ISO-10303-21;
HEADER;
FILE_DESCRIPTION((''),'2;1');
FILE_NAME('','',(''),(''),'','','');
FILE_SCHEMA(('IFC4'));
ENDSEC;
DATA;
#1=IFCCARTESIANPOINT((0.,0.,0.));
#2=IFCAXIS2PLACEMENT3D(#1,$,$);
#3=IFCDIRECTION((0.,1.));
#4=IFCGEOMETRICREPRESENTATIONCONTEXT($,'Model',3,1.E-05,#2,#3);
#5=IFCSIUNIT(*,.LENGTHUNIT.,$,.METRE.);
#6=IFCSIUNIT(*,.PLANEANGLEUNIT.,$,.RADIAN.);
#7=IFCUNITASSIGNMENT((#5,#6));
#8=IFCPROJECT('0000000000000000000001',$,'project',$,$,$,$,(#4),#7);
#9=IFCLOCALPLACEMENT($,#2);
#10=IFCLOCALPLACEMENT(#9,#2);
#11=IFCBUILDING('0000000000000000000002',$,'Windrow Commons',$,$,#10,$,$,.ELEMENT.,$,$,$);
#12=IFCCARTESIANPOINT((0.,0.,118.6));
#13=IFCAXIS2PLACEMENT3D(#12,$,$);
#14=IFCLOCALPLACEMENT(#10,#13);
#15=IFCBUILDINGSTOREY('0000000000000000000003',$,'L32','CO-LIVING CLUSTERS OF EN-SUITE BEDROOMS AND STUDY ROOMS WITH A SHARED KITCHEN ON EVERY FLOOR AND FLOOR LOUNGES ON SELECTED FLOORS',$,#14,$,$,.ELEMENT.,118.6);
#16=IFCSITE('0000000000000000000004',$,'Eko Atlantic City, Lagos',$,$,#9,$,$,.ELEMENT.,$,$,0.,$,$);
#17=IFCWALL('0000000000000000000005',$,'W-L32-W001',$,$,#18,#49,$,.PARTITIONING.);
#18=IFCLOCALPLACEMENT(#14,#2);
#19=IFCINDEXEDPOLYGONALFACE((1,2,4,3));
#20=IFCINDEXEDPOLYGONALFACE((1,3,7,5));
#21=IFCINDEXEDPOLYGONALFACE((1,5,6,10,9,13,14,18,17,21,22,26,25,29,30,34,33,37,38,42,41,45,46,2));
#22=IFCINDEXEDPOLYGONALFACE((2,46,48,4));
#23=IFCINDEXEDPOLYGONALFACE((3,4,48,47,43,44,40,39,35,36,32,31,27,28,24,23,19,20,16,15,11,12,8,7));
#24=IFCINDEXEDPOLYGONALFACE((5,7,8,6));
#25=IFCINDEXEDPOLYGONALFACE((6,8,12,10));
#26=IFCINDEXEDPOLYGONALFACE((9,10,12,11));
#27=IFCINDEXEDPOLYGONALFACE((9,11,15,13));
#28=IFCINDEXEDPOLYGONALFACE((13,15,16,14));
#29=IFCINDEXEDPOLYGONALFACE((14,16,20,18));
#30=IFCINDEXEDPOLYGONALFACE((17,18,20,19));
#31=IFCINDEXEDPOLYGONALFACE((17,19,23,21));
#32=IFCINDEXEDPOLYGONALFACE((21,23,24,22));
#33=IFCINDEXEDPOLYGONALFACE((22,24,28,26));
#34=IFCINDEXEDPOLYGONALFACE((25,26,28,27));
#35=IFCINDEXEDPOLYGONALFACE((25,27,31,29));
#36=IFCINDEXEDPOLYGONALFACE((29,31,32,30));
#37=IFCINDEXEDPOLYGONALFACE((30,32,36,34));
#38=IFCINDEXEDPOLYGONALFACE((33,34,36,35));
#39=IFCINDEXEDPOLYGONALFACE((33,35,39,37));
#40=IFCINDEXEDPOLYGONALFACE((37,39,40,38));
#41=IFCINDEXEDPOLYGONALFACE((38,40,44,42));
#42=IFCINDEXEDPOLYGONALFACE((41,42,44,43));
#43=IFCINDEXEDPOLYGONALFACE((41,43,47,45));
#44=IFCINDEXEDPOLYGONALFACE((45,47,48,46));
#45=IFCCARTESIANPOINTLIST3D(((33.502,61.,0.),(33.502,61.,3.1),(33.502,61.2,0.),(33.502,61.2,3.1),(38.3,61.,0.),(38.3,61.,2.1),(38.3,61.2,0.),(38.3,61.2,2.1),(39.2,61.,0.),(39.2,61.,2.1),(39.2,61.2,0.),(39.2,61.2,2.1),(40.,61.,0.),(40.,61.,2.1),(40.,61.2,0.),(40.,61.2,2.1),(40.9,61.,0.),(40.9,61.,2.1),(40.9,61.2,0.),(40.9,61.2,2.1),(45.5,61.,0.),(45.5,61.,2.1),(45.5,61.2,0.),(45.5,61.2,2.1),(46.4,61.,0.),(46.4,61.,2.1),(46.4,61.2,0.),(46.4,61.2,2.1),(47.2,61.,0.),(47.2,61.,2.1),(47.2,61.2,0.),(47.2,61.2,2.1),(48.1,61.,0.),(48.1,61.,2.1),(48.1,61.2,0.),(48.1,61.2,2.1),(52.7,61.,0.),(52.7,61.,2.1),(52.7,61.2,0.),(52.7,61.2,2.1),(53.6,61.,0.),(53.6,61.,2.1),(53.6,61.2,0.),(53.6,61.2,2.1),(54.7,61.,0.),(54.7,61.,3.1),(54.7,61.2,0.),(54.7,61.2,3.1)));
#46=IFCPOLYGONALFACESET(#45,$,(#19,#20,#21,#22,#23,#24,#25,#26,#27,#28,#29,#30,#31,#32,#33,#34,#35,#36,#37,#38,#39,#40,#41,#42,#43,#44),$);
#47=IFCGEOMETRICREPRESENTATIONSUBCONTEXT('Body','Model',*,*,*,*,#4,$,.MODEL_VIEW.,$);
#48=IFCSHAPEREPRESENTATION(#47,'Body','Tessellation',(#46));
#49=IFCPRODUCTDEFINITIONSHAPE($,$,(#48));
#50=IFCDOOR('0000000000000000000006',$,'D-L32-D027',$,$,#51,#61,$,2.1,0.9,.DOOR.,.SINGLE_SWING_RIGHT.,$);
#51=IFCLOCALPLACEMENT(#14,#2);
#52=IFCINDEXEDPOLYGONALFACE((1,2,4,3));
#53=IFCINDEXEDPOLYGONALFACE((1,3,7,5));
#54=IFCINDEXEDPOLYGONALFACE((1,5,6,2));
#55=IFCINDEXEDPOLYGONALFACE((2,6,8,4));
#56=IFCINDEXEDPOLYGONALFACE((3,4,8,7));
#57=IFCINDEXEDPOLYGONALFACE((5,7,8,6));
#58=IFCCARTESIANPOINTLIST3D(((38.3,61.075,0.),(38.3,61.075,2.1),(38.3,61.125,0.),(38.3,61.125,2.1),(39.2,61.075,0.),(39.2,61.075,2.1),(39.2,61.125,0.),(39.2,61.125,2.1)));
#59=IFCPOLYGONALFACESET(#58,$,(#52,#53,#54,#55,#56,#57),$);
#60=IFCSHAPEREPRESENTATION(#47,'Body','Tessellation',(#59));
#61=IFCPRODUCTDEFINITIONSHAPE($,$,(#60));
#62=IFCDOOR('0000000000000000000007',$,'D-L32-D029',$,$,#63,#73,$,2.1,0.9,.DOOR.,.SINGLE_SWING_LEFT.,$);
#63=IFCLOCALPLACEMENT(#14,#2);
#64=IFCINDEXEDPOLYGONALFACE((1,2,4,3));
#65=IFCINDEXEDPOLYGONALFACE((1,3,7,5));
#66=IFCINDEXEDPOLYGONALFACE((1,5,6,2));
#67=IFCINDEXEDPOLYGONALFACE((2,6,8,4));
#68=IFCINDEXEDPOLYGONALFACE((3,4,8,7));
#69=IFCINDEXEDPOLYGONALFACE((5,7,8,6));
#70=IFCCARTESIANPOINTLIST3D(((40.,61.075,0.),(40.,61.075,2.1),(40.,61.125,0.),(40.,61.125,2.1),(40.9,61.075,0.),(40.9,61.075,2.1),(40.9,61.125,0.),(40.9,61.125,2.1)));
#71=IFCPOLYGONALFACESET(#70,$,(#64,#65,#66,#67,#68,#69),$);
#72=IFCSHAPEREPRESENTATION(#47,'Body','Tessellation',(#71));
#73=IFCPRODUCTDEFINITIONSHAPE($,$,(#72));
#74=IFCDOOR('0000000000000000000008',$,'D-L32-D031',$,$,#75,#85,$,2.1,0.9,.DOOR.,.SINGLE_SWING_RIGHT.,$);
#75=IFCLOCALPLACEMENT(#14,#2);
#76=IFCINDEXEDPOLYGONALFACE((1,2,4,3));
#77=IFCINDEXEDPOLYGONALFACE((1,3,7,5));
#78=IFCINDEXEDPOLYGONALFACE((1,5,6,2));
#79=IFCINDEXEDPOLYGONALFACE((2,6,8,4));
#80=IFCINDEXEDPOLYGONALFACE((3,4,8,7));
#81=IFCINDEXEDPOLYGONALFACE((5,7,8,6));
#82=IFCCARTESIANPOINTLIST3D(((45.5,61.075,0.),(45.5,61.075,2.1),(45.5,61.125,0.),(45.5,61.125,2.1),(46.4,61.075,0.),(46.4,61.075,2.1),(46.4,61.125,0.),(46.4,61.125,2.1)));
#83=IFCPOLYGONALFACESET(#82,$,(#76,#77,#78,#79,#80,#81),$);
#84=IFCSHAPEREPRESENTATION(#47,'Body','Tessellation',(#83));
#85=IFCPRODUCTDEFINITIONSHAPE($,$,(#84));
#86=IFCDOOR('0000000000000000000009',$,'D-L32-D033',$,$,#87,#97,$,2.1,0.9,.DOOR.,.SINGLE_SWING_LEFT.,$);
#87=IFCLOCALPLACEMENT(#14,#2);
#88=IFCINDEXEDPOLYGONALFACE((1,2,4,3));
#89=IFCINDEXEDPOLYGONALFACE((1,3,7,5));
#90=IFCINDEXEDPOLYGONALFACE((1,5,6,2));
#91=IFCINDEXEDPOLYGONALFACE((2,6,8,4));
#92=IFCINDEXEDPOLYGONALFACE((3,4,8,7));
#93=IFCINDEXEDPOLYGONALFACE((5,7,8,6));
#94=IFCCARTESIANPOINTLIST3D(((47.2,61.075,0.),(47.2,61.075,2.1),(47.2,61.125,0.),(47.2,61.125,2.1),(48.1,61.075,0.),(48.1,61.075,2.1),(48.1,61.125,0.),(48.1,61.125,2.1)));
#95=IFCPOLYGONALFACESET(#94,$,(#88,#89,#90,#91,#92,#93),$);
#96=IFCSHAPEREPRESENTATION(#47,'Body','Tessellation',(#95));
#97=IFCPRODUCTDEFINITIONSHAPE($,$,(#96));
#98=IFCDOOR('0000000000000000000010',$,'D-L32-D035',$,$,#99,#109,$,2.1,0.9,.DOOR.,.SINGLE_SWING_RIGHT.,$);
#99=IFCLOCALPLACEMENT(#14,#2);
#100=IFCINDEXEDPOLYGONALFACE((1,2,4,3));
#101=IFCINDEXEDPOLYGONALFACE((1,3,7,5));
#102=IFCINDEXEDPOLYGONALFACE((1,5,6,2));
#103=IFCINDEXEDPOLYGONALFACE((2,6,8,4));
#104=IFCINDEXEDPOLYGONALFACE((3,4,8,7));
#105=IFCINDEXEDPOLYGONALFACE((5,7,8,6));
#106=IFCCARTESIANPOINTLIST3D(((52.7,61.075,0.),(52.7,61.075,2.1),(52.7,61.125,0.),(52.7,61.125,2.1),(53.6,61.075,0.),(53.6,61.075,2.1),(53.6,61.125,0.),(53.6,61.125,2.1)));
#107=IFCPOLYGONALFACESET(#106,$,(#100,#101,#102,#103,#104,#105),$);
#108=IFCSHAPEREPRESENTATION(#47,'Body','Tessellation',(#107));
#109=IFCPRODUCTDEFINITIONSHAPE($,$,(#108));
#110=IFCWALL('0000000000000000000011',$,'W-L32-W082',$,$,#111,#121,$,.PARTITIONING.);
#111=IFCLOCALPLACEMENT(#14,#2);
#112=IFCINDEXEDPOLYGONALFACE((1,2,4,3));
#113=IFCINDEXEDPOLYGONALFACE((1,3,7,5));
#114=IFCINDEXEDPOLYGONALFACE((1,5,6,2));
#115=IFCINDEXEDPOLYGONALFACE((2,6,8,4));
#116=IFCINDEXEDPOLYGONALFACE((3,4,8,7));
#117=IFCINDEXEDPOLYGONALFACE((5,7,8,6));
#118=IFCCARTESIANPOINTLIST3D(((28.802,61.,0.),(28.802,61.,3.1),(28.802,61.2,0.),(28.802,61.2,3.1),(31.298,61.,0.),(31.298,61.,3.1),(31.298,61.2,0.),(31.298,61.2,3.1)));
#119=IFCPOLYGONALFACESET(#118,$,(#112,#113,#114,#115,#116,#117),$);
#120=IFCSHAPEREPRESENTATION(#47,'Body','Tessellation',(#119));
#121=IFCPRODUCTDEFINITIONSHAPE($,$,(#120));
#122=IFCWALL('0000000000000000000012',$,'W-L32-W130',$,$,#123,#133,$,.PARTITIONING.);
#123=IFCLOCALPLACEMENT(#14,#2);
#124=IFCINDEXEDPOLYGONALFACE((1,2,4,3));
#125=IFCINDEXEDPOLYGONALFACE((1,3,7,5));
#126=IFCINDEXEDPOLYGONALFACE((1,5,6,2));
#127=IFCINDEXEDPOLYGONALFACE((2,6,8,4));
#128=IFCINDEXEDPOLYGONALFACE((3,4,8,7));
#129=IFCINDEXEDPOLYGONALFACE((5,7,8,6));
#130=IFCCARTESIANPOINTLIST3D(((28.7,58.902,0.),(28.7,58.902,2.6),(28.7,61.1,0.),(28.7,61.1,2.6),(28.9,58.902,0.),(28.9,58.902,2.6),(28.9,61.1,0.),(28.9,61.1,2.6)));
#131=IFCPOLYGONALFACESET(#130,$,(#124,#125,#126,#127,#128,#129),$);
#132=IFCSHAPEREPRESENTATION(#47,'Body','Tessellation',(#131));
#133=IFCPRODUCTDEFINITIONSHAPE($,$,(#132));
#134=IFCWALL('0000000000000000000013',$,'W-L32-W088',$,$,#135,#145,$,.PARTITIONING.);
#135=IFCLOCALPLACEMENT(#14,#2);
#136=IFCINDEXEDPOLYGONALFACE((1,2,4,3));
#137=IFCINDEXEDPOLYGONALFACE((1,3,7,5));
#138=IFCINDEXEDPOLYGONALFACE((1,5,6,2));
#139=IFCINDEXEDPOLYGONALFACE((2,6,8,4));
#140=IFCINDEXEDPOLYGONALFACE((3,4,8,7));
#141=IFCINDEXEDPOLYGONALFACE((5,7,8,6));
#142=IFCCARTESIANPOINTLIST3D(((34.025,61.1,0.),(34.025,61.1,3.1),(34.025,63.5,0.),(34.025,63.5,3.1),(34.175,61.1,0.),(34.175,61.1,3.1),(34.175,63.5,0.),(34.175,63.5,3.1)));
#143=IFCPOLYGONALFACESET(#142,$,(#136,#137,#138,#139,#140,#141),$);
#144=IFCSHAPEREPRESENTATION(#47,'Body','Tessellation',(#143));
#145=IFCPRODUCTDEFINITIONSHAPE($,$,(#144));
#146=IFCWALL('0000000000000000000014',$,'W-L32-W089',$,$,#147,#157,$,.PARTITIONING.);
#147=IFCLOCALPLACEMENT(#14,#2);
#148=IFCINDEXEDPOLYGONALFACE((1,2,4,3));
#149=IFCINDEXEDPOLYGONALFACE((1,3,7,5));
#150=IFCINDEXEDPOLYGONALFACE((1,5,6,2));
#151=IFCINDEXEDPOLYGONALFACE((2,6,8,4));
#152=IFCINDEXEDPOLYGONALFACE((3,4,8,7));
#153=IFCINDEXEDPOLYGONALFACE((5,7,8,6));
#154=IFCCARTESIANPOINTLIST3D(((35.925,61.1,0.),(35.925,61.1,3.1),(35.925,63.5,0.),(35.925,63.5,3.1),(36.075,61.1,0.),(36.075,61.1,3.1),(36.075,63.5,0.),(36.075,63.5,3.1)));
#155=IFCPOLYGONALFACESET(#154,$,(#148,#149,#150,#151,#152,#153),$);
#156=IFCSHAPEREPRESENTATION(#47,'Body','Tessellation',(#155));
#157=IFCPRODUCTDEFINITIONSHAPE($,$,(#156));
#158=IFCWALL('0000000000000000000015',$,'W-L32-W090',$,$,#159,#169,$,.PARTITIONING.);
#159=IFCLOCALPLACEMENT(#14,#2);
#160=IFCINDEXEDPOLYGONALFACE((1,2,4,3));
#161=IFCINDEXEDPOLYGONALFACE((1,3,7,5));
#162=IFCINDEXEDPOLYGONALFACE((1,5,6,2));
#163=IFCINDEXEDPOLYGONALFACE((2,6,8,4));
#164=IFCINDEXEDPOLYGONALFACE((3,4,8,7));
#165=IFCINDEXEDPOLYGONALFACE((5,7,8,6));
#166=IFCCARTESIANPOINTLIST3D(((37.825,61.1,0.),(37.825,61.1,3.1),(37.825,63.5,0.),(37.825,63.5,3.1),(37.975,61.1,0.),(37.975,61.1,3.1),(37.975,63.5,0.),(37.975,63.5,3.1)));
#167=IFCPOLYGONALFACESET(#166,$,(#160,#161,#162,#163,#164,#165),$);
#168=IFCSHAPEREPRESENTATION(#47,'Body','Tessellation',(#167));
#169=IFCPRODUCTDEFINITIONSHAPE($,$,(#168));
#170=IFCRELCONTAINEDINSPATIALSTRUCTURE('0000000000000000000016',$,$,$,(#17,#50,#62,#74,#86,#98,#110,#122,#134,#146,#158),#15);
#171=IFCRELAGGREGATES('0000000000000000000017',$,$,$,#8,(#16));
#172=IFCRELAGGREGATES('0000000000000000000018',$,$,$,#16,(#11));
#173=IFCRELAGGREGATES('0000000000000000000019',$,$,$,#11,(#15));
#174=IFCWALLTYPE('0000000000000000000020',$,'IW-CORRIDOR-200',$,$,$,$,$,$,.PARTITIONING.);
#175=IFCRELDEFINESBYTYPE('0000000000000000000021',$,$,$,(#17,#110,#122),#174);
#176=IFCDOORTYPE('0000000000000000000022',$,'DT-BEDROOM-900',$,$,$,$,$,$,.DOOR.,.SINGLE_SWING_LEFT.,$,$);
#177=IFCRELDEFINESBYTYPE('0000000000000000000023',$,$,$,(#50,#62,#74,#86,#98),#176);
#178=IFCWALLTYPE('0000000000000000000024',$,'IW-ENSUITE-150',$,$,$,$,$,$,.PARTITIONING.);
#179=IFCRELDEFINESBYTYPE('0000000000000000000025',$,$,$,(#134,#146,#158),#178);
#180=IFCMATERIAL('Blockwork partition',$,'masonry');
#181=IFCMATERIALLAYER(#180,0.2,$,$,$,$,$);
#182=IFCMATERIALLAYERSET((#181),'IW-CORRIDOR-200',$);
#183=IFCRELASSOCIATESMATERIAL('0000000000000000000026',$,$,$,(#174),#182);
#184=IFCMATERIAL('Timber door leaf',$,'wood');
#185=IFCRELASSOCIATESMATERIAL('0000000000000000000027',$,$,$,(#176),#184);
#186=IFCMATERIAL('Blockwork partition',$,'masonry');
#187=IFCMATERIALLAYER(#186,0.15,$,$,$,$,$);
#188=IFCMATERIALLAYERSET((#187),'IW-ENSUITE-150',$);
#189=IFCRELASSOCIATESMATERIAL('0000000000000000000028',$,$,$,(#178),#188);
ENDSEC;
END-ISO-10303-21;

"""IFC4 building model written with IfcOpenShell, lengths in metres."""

from ifc_helpers import new_model, si_unit, direction, frame, frame_2d, origin, place, context, subcontext, project, spatial, rectangle, extrude, material, layer, layer_set, type_object, element, fill, save


model = new_model("IFC4")

# Units and contexts
model_context = context("Model", 3, precision=1e-05, world=origin(), true_north=direction((0.0, 1.0)))
body_context = subcontext(model_context, "Body", "Model", "MODEL_VIEW")
ifc_project = project(units=[si_unit("LENGTHUNIT", "METRE"), si_unit("PLANEANGLEUNIT", "RADIAN")], contexts=[model_context])

# Site, building, storey
site_placement = place(None, origin())
site = spatial("IfcSite", under=ifc_project, at=site_placement, Name="Eko Atlantic City, Lagos", CompositionType="ELEMENT", RefElevation=0.0)
building_placement = place(site_placement, origin())
building = spatial("IfcBuilding", under=site, at=building_placement, Name="Windrow Commons", CompositionType="ELEMENT")
storey_placement = place(building_placement, frame((0.0, 0.0, 118.6)))
storey = spatial("IfcBuildingStorey", under=building, at=storey_placement, Name="L32", Description="CO-LIVING CLUSTERS OF EN-SUITE BEDROOMS AND STUDY ROOMS WITH A SHARED KITCHEN ON EVERY FLOOR AND FLOOR LOUNGES ON SELECTED FLOORS", CompositionType="ELEMENT", Elevation=118.6)

# Wall, openings, doors
ifc_material_1 = material(Name="Blockwork partition", Category="masonry")
ifc_layer_1 = layer(ifc_material_1, 0.2)
ifc_layer_set_1 = layer_set([ifc_layer_1], Name="IW-CORRIDOR-200")
wall_type_1 = type_object("IfcWallType", Name="IW-CORRIDOR-200", PredefinedType="PARTITIONING", material=ifc_layer_set_1)
ifc_material_2 = material(Name="Timber door leaf", Category="wood")
door_type_1 = type_object("IfcDoorType", Name="DT-BEDROOM-900", OperationType="SINGLE_SWING_LEFT", PredefinedType="DOOR", material=ifc_material_2)
wall_1_placement = place(storey_placement, frame((33.502, 61.1, 0.0), z_axis=(0.0, 0.0, 1.0), x_axis=(1.0, 0.0, 0.0)))
wall_1 = element("IfcWall", 1, at=wall_1_placement, inside=storey, type_object=wall_type_1, Name="W-L32-W001", PredefinedType="PARTITIONING", context=body_context, shape_type="SweptSolid", body=[
    extrude(rectangle(XDim=21.198, YDim=0.2, at=frame_2d((10.599, 0.0))), origin(), (0.0, 0.0, 1.0), 3.1),
])
opening_1_placement = place(wall_1_placement, frame((4.798, 0.0, 0.0)))
opening_1 = element("IfcOpeningElement", 2, at=opening_1_placement, cuts=wall_1, PredefinedType="OPENING", context=body_context, shape_type="SweptSolid", body=[
    extrude(rectangle(XDim=0.9, YDim=2.1, at=frame_2d((0.45, 1.05))), frame((0.0, 0.11, 0.0), z_axis=(0.0, -1.0, 0.0), x_axis=(1.0, 0.0, 0.0)), (0.0, 0.0, 1.0), 0.22),
])
opening_2_placement = place(wall_1_placement, frame((6.498, 0.0, 0.0)))
opening_2 = element("IfcOpeningElement", 3, at=opening_2_placement, cuts=wall_1, PredefinedType="OPENING", context=body_context, shape_type="SweptSolid", body=[
    extrude(rectangle(XDim=0.9, YDim=2.1, at=frame_2d((0.45, 1.05))), frame((0.0, 0.11, 0.0), z_axis=(0.0, -1.0, 0.0), x_axis=(1.0, 0.0, 0.0)), (0.0, 0.0, 1.0), 0.22),
])
opening_3_placement = place(wall_1_placement, frame((11.998, 0.0, 0.0)))
opening_3 = element("IfcOpeningElement", 4, at=opening_3_placement, cuts=wall_1, PredefinedType="OPENING", context=body_context, shape_type="SweptSolid", body=[
    extrude(rectangle(XDim=0.9, YDim=2.1, at=frame_2d((0.45, 1.05))), frame((0.0, 0.11, 0.0), z_axis=(0.0, -1.0, 0.0), x_axis=(1.0, 0.0, 0.0)), (0.0, 0.0, 1.0), 0.22),
])
opening_4_placement = place(wall_1_placement, frame((13.698, 0.0, 0.0)))
opening_4 = element("IfcOpeningElement", 5, at=opening_4_placement, cuts=wall_1, PredefinedType="OPENING", context=body_context, shape_type="SweptSolid", body=[
    extrude(rectangle(XDim=0.9, YDim=2.1, at=frame_2d((0.45, 1.05))), frame((0.0, 0.11, 0.0), z_axis=(0.0, -1.0, 0.0), x_axis=(1.0, 0.0, 0.0)), (0.0, 0.0, 1.0), 0.22),
])
opening_5_placement = place(wall_1_placement, frame((19.198, 0.0, 0.0)))
opening_5 = element("IfcOpeningElement", 6, at=opening_5_placement, cuts=wall_1, PredefinedType="OPENING", context=body_context, shape_type="SweptSolid", body=[
    extrude(rectangle(XDim=0.9, YDim=2.1, at=frame_2d((0.45, 1.05))), frame((0.0, 0.11, 0.0), z_axis=(0.0, -1.0, 0.0), x_axis=(1.0, 0.0, 0.0)), (0.0, 0.0, 1.0), 0.22),
])
door_1_placement = place(opening_1_placement, origin())
door_1 = element("IfcDoor", 7, at=door_1_placement, inside=storey, type_object=door_type_1, Name="D-L32-D027", OperationType="SINGLE_SWING_RIGHT", OverallHeight=2.1, OverallWidth=0.9, PredefinedType="DOOR", context=body_context, shape_type="SweptSolid", body=[
    extrude(rectangle(XDim=0.9, YDim=2.1, at=frame_2d((0.45, 1.05))), frame((0.0, 0.025, 0.0), z_axis=(0.0, -1.0, 0.0), x_axis=(1.0, 0.0, 0.0)), (0.0, 0.0, 1.0), 0.05),
])
fill(opening_1, door_1)
door_2_placement = place(opening_2_placement, origin())
door_2 = element("IfcDoor", 8, at=door_2_placement, inside=storey, type_object=door_type_1, Name="D-L32-D029", OperationType="SINGLE_SWING_LEFT", OverallHeight=2.1, OverallWidth=0.9, PredefinedType="DOOR", context=body_context, shape_type="SweptSolid", body=[
    extrude(rectangle(XDim=0.9, YDim=2.1, at=frame_2d((0.45, 1.05))), frame((0.0, 0.025, 0.0), z_axis=(0.0, -1.0, 0.0), x_axis=(1.0, 0.0, 0.0)), (0.0, 0.0, 1.0), 0.05),
])
fill(opening_2, door_2)
door_3_placement = place(opening_3_placement, origin())
door_3 = element("IfcDoor", 9, at=door_3_placement, inside=storey, type_object=door_type_1, Name="D-L32-D031", OperationType="SINGLE_SWING_RIGHT", OverallHeight=2.1, OverallWidth=0.9, PredefinedType="DOOR", context=body_context, shape_type="SweptSolid", body=[
    extrude(rectangle(XDim=0.9, YDim=2.1, at=frame_2d((0.45, 1.05))), frame((0.0, 0.025, 0.0), z_axis=(0.0, -1.0, 0.0), x_axis=(1.0, 0.0, 0.0)), (0.0, 0.0, 1.0), 0.05),
])
fill(opening_3, door_3)
door_4_placement = place(opening_4_placement, origin())
door_4 = element("IfcDoor", 10, at=door_4_placement, inside=storey, type_object=door_type_1, Name="D-L32-D033", OperationType="SINGLE_SWING_LEFT", OverallHeight=2.1, OverallWidth=0.9, PredefinedType="DOOR", context=body_context, shape_type="SweptSolid", body=[
    extrude(rectangle(XDim=0.9, YDim=2.1, at=frame_2d((0.45, 1.05))), frame((0.0, 0.025, 0.0), z_axis=(0.0, -1.0, 0.0), x_axis=(1.0, 0.0, 0.0)), (0.0, 0.0, 1.0), 0.05),
])
fill(opening_4, door_4)
door_5_placement = place(opening_5_placement, origin())
door_5 = element("IfcDoor", 11, at=door_5_placement, inside=storey, type_object=door_type_1, Name="D-L32-D035", OperationType="SINGLE_SWING_RIGHT", OverallHeight=2.1, OverallWidth=0.9, PredefinedType="DOOR", context=body_context, shape_type="SweptSolid", body=[
    extrude(rectangle(XDim=0.9, YDim=2.1, at=frame_2d((0.45, 1.05))), frame((0.0, 0.025, 0.0), z_axis=(0.0, -1.0, 0.0), x_axis=(1.0, 0.0, 0.0)), (0.0, 0.0, 1.0), 0.05),
])
fill(opening_5, door_5)

# Walls
wall_2_placement = place(storey_placement, frame((28.802, 61.1, 0.0), z_axis=(0.0, 0.0, 1.0), x_axis=(1.0, 0.0, 0.0)))
element("IfcWall", 12, at=wall_2_placement, inside=storey, type_object=wall_type_1, Name="W-L32-W082", PredefinedType="PARTITIONING", context=body_context, shape_type="SweptSolid", body=[
    extrude(rectangle(XDim=2.496, YDim=0.2, at=frame_2d((1.248, 0.0))), origin(), (0.0, 0.0, 1.0), 3.1),
])
wall_3_placement = place(storey_placement, frame((28.8, 58.902, 0.0), z_axis=(0.0, 0.0, 1.0), x_axis=(0.0, 1.0, 0.0)))
element("IfcWall", 13, at=wall_3_placement, inside=storey, type_object=wall_type_1, Name="W-L32-W130", PredefinedType="PARTITIONING", context=body_context, shape_type="SweptSolid", body=[
    extrude(rectangle(XDim=2.198, YDim=0.2, at=frame_2d((1.099, 0.0))), origin(), (0.0, 0.0, 1.0), 2.6),
])
ifc_material_3 = material(Name="Blockwork partition", Category="masonry")
ifc_layer_2 = layer(ifc_material_3, 0.15)
ifc_layer_set_2 = layer_set([ifc_layer_2], Name="IW-ENSUITE-150")
wall_type_2 = type_object("IfcWallType", Name="IW-ENSUITE-150", PredefinedType="PARTITIONING", material=ifc_layer_set_2)
for number, where, z_axis, x_axis, name in (
    (14, (34.1, 61.1, 0.0), (0.0, 0.0, 1.0), (0.0, 1.0, 0.0), "W-L32-W088"),
    (15, (36.0, 61.1, 0.0), (0.0, 0.0, 1.0), (0.0, 1.0, 0.0), "W-L32-W089"),
    (16, (37.9, 61.1, 0.0), (0.0, 0.0, 1.0), (0.0, 1.0, 0.0), "W-L32-W090"),
):
    element("IfcWall", number, at=place(storey_placement, frame(where, z_axis=z_axis, x_axis=x_axis)), inside=storey, type_object=wall_type_2, Name=name, PredefinedType="PARTITIONING", context=body_context, shape_type="SweptSolid", body=[
        extrude(rectangle(XDim=2.4, YDim=0.15, at=frame_2d((1.2, 0.0))), origin(), (0.0, 0.0, 1.0), 3.1),
    ])

save(model, "model.ifc")
